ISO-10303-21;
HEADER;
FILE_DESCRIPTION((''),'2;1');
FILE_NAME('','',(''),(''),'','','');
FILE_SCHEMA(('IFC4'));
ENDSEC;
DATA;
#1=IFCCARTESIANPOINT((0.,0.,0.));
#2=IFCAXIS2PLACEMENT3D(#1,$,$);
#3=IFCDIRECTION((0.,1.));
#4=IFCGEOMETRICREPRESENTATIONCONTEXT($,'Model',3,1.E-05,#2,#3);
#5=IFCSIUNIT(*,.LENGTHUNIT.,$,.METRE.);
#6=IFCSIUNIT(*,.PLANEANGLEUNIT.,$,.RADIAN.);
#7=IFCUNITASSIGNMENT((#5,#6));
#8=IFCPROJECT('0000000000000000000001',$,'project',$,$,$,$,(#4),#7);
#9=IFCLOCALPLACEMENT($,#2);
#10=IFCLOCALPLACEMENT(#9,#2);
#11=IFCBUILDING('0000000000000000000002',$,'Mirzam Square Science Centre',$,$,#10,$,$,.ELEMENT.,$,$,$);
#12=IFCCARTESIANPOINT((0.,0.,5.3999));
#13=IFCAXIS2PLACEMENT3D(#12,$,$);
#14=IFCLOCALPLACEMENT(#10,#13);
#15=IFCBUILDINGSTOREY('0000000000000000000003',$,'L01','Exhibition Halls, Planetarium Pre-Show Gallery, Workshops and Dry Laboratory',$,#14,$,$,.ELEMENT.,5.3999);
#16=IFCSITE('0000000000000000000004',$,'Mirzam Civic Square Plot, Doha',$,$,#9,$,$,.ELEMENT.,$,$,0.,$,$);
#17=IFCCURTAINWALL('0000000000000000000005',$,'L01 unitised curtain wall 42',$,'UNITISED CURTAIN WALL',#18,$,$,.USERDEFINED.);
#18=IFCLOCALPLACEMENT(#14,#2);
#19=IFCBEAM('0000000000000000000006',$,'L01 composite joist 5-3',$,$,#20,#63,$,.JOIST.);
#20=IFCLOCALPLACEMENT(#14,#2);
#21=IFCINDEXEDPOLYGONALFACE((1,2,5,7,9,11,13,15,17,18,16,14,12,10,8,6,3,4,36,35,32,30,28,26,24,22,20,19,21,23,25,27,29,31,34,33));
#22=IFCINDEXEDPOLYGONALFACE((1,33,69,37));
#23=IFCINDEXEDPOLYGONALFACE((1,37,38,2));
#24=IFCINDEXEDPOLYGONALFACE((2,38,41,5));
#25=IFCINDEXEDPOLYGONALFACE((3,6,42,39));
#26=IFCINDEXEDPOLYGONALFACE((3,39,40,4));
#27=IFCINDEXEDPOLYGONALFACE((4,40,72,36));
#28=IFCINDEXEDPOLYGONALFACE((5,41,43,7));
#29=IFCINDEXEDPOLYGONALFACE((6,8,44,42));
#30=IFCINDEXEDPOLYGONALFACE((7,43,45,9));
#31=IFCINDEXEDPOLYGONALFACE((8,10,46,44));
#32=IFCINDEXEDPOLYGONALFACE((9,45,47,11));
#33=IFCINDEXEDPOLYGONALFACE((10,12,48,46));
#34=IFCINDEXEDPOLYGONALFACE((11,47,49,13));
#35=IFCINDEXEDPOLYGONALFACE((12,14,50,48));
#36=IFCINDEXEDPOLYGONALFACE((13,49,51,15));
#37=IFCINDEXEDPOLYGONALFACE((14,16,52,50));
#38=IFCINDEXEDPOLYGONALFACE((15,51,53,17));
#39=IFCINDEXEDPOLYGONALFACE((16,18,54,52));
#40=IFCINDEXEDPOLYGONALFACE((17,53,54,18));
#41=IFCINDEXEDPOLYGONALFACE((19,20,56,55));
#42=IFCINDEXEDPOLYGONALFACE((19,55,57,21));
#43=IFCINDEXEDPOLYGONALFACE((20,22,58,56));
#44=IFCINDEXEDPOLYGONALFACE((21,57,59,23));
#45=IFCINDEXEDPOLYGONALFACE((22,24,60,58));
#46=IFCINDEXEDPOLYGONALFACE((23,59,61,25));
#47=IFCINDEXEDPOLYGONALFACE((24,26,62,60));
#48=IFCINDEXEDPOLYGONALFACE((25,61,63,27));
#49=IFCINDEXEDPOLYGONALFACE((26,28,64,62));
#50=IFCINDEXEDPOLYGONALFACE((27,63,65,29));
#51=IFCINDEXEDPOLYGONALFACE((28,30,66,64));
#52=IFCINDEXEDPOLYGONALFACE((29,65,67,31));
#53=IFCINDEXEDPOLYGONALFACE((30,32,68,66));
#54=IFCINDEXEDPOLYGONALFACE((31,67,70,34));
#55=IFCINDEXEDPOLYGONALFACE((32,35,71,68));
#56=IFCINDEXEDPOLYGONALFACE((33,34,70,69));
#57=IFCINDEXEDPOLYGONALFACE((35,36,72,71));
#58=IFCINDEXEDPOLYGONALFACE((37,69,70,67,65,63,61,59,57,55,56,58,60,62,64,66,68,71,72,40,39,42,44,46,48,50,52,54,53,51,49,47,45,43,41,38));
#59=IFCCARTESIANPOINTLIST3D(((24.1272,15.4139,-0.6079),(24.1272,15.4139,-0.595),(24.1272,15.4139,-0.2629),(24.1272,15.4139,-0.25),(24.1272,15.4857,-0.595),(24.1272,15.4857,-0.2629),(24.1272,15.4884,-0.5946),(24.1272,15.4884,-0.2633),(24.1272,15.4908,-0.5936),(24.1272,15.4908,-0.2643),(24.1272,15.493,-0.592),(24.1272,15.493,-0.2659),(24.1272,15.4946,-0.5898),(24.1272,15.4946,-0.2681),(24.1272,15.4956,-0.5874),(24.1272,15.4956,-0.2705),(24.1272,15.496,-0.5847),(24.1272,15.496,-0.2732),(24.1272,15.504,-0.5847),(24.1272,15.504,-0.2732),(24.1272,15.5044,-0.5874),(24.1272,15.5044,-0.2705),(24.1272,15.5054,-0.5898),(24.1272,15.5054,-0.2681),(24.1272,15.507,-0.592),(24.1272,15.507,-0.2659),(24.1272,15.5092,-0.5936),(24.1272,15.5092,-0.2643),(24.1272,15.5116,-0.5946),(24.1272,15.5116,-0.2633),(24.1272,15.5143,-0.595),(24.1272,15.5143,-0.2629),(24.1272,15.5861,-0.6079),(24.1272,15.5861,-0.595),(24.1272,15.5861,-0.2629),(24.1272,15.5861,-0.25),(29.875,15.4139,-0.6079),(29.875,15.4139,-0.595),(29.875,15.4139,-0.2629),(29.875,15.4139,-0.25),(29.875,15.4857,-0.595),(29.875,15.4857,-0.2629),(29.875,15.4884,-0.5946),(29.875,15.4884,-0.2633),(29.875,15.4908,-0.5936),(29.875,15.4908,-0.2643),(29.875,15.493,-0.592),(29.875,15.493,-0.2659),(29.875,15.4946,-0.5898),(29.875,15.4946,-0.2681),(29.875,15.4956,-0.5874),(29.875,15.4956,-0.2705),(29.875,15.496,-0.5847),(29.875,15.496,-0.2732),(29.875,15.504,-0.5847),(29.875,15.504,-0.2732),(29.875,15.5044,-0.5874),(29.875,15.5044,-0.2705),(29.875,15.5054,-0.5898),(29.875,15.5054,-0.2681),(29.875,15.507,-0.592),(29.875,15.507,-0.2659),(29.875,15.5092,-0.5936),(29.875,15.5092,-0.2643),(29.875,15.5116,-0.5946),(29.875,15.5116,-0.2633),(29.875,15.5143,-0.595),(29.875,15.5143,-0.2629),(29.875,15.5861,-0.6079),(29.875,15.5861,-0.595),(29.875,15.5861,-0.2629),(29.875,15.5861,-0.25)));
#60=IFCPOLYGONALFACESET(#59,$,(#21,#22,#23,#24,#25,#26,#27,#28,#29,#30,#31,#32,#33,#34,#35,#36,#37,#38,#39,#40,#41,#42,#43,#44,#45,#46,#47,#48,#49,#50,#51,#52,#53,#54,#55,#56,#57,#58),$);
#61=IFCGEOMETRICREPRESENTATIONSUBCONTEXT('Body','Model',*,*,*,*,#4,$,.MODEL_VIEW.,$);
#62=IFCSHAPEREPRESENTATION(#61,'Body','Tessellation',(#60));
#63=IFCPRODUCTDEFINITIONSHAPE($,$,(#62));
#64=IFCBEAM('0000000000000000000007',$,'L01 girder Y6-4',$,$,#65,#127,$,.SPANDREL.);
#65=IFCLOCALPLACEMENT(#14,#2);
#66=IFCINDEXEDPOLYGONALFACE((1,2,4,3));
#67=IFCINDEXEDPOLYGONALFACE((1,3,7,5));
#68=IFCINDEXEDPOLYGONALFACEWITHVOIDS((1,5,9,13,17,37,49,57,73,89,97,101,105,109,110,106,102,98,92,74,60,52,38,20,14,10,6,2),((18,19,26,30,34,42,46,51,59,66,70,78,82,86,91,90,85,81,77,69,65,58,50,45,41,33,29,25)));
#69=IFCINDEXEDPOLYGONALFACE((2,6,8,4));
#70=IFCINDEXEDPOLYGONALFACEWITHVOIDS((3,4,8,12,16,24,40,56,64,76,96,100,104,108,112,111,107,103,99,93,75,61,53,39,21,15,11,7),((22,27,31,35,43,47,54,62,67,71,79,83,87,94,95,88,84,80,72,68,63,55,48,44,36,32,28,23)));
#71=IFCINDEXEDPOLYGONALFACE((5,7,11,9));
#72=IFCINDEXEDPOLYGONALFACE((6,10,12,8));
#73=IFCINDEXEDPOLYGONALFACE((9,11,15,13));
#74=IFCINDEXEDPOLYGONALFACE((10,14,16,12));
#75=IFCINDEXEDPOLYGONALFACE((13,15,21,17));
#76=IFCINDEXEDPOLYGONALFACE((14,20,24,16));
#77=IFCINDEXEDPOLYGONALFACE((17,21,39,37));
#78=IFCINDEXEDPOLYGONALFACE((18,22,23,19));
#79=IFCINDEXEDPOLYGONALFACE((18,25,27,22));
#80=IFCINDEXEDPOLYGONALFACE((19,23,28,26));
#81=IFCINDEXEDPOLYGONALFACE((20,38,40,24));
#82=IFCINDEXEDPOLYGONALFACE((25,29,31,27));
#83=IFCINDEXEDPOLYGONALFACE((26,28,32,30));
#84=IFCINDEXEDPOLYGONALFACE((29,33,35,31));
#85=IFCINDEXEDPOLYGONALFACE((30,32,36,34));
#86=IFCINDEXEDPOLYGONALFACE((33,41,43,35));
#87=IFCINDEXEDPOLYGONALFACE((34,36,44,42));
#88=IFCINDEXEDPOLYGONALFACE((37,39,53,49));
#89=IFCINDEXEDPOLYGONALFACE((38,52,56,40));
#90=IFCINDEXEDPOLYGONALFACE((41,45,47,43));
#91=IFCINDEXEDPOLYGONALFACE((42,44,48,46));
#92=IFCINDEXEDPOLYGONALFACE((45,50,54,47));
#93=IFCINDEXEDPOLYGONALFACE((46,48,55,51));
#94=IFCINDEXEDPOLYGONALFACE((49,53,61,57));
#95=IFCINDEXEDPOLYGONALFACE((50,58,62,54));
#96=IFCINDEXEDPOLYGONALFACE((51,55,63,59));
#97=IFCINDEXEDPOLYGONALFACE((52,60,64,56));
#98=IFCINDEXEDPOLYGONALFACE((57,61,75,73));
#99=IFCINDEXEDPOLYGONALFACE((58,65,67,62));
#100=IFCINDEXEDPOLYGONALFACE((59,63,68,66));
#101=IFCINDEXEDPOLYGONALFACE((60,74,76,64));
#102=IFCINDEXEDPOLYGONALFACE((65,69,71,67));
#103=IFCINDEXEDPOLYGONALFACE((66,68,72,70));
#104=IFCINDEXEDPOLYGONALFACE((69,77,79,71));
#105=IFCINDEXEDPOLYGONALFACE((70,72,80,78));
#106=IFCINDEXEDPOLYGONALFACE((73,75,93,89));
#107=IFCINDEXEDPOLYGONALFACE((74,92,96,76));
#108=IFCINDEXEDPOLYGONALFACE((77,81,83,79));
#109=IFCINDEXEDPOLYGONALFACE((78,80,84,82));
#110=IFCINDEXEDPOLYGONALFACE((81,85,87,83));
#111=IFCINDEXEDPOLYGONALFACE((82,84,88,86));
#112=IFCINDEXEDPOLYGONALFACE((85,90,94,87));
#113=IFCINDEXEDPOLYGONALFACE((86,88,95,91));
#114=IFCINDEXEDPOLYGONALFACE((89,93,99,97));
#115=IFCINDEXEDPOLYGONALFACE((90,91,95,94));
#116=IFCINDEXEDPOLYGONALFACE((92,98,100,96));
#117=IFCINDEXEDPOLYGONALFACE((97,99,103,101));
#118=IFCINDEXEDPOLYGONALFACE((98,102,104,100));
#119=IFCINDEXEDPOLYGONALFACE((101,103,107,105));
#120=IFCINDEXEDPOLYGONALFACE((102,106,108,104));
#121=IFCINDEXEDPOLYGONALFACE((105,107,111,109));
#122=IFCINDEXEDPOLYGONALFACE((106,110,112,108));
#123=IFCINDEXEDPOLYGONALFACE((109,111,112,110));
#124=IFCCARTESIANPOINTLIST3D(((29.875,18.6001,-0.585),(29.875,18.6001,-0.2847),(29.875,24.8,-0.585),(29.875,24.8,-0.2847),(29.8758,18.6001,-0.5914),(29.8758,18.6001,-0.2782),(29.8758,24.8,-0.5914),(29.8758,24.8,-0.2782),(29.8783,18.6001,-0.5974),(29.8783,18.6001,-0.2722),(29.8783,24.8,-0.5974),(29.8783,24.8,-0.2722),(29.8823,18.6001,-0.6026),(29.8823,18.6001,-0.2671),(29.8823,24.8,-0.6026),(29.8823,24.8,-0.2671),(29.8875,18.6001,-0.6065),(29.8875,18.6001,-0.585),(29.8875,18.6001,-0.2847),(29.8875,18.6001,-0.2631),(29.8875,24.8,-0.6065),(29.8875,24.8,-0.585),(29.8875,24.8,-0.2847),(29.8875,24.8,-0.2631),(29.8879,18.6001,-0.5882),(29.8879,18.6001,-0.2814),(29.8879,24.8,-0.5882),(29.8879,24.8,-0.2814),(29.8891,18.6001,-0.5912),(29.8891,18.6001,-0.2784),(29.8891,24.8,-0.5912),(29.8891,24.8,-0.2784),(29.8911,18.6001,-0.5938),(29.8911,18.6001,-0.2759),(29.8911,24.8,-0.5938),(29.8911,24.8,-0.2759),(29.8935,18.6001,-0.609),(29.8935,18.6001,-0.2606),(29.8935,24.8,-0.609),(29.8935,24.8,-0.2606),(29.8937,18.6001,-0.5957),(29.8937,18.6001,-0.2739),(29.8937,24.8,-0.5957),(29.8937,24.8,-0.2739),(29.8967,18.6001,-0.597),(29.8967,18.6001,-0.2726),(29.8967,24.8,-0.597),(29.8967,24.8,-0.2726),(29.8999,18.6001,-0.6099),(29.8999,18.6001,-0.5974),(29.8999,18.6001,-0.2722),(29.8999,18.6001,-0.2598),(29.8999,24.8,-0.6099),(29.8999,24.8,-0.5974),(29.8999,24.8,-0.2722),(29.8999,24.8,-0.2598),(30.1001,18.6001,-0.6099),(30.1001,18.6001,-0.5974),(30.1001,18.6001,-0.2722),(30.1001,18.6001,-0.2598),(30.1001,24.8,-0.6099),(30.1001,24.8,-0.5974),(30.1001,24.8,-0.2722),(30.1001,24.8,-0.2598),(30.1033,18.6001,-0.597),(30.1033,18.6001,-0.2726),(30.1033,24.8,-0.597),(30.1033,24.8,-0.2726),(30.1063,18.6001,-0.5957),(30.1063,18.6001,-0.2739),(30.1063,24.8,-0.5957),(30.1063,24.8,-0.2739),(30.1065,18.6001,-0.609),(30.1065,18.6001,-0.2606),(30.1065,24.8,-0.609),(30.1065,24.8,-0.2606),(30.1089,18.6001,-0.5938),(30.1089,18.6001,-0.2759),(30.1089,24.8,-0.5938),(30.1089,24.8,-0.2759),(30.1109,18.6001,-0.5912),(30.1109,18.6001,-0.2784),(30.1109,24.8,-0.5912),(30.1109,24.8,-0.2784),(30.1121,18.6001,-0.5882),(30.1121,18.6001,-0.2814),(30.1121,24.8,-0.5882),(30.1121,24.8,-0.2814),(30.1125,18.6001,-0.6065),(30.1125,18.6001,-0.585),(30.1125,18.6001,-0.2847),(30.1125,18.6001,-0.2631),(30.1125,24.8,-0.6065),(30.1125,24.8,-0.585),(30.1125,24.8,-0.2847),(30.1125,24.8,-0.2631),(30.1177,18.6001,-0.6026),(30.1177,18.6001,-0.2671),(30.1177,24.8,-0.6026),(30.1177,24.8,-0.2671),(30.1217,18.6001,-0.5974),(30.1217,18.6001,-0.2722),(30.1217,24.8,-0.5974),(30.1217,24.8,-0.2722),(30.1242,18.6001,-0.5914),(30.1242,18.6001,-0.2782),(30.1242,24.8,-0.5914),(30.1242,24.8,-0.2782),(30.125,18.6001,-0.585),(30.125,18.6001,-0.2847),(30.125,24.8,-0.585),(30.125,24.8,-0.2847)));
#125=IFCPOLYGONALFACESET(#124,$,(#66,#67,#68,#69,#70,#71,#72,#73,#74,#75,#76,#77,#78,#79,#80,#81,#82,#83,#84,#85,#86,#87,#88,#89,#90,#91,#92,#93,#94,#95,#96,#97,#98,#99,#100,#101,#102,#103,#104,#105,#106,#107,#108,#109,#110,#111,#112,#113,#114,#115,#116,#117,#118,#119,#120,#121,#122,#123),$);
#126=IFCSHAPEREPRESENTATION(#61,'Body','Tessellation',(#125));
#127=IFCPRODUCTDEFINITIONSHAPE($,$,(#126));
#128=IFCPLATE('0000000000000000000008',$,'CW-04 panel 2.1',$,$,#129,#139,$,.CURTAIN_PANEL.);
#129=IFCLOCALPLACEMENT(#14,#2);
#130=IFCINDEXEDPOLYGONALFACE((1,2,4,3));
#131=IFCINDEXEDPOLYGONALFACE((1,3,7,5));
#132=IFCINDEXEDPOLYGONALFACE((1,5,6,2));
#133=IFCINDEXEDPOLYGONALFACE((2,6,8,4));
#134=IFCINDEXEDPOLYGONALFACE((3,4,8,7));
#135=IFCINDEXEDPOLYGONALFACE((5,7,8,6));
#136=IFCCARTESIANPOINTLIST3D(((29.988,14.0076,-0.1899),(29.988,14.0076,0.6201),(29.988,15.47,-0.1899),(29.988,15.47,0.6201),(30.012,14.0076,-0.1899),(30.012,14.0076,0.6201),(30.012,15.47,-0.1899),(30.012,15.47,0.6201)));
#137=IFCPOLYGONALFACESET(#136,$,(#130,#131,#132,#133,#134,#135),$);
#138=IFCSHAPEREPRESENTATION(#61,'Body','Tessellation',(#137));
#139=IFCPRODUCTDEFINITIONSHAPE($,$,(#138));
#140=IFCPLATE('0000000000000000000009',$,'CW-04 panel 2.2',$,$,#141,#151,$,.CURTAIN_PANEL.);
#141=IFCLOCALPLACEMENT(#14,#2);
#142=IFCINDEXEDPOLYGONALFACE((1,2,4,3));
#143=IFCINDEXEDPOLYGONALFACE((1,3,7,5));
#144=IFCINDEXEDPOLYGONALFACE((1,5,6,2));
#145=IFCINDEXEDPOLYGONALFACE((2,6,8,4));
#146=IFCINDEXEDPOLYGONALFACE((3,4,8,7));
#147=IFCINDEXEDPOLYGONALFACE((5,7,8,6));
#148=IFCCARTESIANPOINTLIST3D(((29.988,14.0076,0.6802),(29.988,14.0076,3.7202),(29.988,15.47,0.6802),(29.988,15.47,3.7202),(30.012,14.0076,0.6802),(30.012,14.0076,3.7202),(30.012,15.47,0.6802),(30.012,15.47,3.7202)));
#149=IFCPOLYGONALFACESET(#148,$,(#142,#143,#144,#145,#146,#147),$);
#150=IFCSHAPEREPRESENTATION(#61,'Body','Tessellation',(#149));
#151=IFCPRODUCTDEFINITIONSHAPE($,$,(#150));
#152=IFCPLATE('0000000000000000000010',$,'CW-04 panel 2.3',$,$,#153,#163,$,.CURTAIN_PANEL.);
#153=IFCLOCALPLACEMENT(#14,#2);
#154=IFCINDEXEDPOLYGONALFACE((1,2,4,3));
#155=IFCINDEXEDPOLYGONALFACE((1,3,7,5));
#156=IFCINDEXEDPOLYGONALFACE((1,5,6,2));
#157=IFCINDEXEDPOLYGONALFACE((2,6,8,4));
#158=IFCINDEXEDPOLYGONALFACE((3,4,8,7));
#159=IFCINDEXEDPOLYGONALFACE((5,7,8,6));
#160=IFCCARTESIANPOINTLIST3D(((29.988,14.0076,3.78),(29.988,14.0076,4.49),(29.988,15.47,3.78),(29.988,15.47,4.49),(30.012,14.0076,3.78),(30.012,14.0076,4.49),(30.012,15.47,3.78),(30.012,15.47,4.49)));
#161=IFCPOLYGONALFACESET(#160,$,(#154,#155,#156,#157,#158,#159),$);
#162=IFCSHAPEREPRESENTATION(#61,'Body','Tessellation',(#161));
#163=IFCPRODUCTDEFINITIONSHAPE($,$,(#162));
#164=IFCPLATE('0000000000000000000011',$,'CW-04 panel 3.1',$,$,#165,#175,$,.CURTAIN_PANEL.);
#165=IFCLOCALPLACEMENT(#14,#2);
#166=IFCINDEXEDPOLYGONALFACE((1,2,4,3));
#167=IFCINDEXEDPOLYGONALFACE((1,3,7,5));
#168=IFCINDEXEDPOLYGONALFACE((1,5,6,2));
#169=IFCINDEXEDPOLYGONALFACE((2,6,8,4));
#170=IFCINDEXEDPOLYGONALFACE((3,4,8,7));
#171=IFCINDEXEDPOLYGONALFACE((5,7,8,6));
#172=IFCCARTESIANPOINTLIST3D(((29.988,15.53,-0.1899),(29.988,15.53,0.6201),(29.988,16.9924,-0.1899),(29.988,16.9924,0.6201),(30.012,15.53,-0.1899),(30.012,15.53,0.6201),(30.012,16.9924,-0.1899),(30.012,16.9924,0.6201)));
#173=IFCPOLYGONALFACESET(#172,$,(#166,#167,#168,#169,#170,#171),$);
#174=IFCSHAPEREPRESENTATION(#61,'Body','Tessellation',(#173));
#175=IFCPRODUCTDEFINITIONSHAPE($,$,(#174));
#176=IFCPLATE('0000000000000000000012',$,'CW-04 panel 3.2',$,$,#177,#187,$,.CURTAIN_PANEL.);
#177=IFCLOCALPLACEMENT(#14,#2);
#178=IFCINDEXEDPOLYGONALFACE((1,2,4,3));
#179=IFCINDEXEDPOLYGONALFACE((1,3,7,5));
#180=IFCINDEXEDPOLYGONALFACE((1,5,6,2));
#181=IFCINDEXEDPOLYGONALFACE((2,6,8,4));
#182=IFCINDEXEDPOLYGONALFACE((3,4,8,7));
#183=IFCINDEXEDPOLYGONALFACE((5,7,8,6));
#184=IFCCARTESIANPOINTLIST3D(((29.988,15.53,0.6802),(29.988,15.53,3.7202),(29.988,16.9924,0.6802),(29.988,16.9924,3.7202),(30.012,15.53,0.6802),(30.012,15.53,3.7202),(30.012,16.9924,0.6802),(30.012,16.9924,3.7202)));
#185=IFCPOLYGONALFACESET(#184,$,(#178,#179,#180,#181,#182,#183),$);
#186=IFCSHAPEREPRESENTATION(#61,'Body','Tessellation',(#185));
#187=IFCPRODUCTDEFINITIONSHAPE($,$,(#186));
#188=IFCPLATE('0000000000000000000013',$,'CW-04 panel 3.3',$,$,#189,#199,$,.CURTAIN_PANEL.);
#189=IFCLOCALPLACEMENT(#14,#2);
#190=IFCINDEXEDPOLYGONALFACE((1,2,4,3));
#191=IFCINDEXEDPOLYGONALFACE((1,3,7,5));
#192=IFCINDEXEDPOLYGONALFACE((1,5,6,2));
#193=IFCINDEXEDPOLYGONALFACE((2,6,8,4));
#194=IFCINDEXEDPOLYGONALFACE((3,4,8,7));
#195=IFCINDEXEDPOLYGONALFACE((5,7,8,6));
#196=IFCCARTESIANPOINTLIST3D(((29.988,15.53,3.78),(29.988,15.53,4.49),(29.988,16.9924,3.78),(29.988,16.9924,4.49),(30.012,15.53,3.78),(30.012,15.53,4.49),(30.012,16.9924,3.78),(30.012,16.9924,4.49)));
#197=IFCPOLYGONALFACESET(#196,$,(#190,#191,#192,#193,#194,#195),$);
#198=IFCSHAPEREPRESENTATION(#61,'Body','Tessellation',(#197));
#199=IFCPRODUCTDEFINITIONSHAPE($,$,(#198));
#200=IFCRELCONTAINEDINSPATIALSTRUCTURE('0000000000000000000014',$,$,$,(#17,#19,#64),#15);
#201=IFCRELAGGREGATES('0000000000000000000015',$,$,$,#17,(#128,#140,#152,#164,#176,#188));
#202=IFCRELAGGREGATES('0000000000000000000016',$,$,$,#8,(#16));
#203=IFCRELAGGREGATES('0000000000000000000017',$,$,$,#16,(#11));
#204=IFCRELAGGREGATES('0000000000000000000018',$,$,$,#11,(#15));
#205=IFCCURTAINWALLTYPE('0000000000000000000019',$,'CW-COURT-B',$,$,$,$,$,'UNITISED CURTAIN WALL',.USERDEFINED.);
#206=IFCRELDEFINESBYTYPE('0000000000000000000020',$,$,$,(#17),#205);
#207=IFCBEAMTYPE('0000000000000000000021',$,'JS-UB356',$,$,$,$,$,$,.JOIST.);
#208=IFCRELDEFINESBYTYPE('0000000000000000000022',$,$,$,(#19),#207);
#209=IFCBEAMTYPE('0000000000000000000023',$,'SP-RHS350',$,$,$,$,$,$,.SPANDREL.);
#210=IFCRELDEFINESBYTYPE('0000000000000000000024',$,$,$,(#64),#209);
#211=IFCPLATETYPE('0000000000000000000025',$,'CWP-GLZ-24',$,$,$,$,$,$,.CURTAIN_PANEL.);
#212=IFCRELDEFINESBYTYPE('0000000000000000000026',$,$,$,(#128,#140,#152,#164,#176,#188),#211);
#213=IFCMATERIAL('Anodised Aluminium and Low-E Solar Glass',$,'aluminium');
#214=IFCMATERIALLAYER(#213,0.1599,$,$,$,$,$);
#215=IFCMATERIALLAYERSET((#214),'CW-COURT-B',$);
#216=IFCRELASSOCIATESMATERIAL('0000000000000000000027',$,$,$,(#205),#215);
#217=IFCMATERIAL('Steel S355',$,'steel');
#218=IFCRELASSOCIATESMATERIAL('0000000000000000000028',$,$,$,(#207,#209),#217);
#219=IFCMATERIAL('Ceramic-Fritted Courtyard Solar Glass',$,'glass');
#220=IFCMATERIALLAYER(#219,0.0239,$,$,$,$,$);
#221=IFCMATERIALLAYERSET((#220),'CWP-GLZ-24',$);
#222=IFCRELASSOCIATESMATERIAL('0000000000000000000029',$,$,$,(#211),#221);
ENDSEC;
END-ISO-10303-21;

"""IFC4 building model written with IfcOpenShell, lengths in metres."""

from ifc_helpers import new_model, si_unit, direction, frame, origin, origin_2d, place, context, subcontext, project, spatial, rectangle, hollow_rectangle, i_section, extrude, material, layer, layer_set, material_profile, profile_set, type_object, element, aggregate, save


model = new_model("IFC4")

# Units and contexts
model_context = context("Model", 3, precision=1e-05, world=origin(), true_north=direction((0.0, 1.0)))
body_context = subcontext(model_context, "Body", "Model", "MODEL_VIEW")
ifc_project = project(units=[si_unit("LENGTHUNIT", "METRE"), si_unit("PLANEANGLEUNIT", "RADIAN")], contexts=[model_context])

# Site, building, storey
site_placement = place(None, origin())
site = spatial("IfcSite", under=ifc_project, at=site_placement, Name="Mirzam Civic Square Plot, Doha", CompositionType="ELEMENT", RefElevation=0.0)
building_placement = place(site_placement, origin())
building = spatial("IfcBuilding", under=site, at=building_placement, Name="Mirzam Square Science Centre", CompositionType="ELEMENT")
storey_placement = place(building_placement, frame((0.0, 0.0, 5.3999)))
storey = spatial("IfcBuildingStorey", under=building, at=storey_placement, Name="L01", Description="Exhibition Halls, Planetarium Pre-Show Gallery, Workshops and Dry Laboratory", CompositionType="ELEMENT", Elevation=5.3999)

# Shared definitions
ifc_material_1 = material(Name="Steel S355", Category="steel")

# Curtain wall
ifc_material_2 = material(Name="Anodised Aluminium and Low-E Solar Glass", Category="aluminium")
ifc_layer_1 = layer(ifc_material_2, 0.1599)
ifc_layer_set_1 = layer_set([ifc_layer_1], Name="CW-COURT-B")
curtain_wall_type = type_object("IfcCurtainWallType", Name="CW-COURT-B", ElementType="UNITISED CURTAIN WALL", PredefinedType="USERDEFINED", material=ifc_layer_set_1)
curtain_wall_placement = place(storey_placement, origin())
curtain_wall = element("IfcCurtainWall", 1, at=curtain_wall_placement, inside=storey, type_object=curtain_wall_type, Name="L01 unitised curtain wall 42", ObjectType="UNITISED CURTAIN WALL", PredefinedType="USERDEFINED")

# Beams
ifc_material_profile_1 = material_profile(ifc_material_1, i_section(OverallWidth=0.1721, OverallDepth=0.3579, WebThickness=0.0081, FlangeThickness=0.0129, FilletRadius=0.0103, at=origin_2d()), Name="356x171x57UB")
ifc_profile_set_1 = profile_set([ifc_material_profile_1], Name="Steel S355")
beam_type_1 = type_object("IfcBeamType", Name="JS-UB356", PredefinedType="JOIST", material=ifc_profile_set_1)
beam_1_placement = place(storey_placement, frame((24.1272, 15.5, -0.429), z_axis=(1.0, 0.0, 0.0), x_axis=(0.0, 1.0, 0.0)))
element("IfcBeam", 2, at=beam_1_placement, inside=storey, type_object=beam_type_1, Name="L01 composite joist 5-3", PredefinedType="JOIST", context=body_context, shape_type="SweptSolid", body=[
    extrude(i_section(OverallWidth=0.1721, OverallDepth=0.3579, WebThickness=0.0081, FlangeThickness=0.0129, FilletRadius=0.0103, at=origin_2d()), origin(), (0.0, 0.0, 1.0), 5.7478),
])
ifc_material_profile_2 = material_profile(ifc_material_1, hollow_rectangle(XDim=0.25, YDim=0.3501, WallThickness=0.0125, InnerFilletRadius=0.0125, OuterFilletRadius=0.0249, at=origin_2d()), Name="350x250x12.5RHS")
ifc_profile_set_2 = profile_set([ifc_material_profile_2], Name="Steel S355")
beam_type_2 = type_object("IfcBeamType", Name="SP-RHS350", PredefinedType="SPANDREL", material=ifc_profile_set_2)
beam_2_placement = place(storey_placement, frame((30.0, 18.6001, -0.4348), z_axis=(0.0, 1.0, 0.0), x_axis=(-1.0, 0.0, 0.0)))
element("IfcBeam", 3, at=beam_2_placement, inside=storey, type_object=beam_type_2, Name="L01 girder Y6-4", PredefinedType="SPANDREL", context=body_context, shape_type="SweptSolid", body=[
    extrude(hollow_rectangle(XDim=0.25, YDim=0.3501, WallThickness=0.0125, InnerFilletRadius=0.0125, OuterFilletRadius=0.0249, at=origin_2d()), origin(), (0.0, 0.0, 1.0), 6.2),
])

# Plates
ifc_material_3 = material(Name="Ceramic-Fritted Courtyard Solar Glass", Category="glass")
ifc_layer_2 = layer(ifc_material_3, 0.0239)
ifc_layer_set_2 = layer_set([ifc_layer_2], Name="CWP-GLZ-24")
plate_type = type_object("IfcPlateType", Name="CWP-GLZ-24", PredefinedType="CURTAIN_PANEL", material=ifc_layer_set_2)
plate_1_placement = place(storey_placement, frame((30.0, 14.7388, -0.1899), z_axis=(0.0, 0.0, 1.0), x_axis=(0.0, 1.0, 0.0)))
plate_1 = element("IfcPlate", 4, at=plate_1_placement, type_object=plate_type, Name="CW-04 panel 2.1", PredefinedType="CURTAIN_PANEL", context=body_context, shape_type="SweptSolid", body=[
    extrude(rectangle(XDim=1.4624, YDim=0.0239, at=origin_2d()), origin(), (0.0, 0.0, 1.0), 0.8101),
])
plate_2_placement = place(storey_placement, frame((30.0, 14.7388, 0.6802), z_axis=(0.0, 0.0, 1.0), x_axis=(0.0, 1.0, 0.0)))
plate_2 = element("IfcPlate", 5, at=plate_2_placement, type_object=plate_type, Name="CW-04 panel 2.2", PredefinedType="CURTAIN_PANEL", context=body_context, shape_type="SweptSolid", body=[
    extrude(rectangle(XDim=1.4624, YDim=0.0239, at=origin_2d()), origin(), (0.0, 0.0, 1.0), 3.04),
])
plate_3_placement = place(storey_placement, frame((30.0, 14.7388, 3.78), z_axis=(0.0, 0.0, 1.0), x_axis=(0.0, 1.0, 0.0)))
plate_3 = element("IfcPlate", 6, at=plate_3_placement, type_object=plate_type, Name="CW-04 panel 2.3", PredefinedType="CURTAIN_PANEL", context=body_context, shape_type="SweptSolid", body=[
    extrude(rectangle(XDim=1.4624, YDim=0.0239, at=origin_2d()), origin(), (0.0, 0.0, 1.0), 0.71),
])
plate_4_placement = place(storey_placement, frame((30.0, 16.2612, -0.1899), z_axis=(0.0, 0.0, 1.0), x_axis=(0.0, 1.0, 0.0)))
plate_4 = element("IfcPlate", 7, at=plate_4_placement, type_object=plate_type, Name="CW-04 panel 3.1", PredefinedType="CURTAIN_PANEL", context=body_context, shape_type="SweptSolid", body=[
    extrude(rectangle(XDim=1.4624, YDim=0.0239, at=origin_2d()), origin(), (0.0, 0.0, 1.0), 0.8101),
])
plate_5_placement = place(storey_placement, frame((30.0, 16.2612, 0.6802), z_axis=(0.0, 0.0, 1.0), x_axis=(0.0, 1.0, 0.0)))
plate_5 = element("IfcPlate", 8, at=plate_5_placement, type_object=plate_type, Name="CW-04 panel 3.2", PredefinedType="CURTAIN_PANEL", context=body_context, shape_type="SweptSolid", body=[
    extrude(rectangle(XDim=1.4624, YDim=0.0239, at=origin_2d()), origin(), (0.0, 0.0, 1.0), 3.04),
])
plate_6_placement = place(storey_placement, frame((30.0, 16.2612, 3.78), z_axis=(0.0, 0.0, 1.0), x_axis=(0.0, 1.0, 0.0)))
plate_6 = element("IfcPlate", 9, at=plate_6_placement, type_object=plate_type, Name="CW-04 panel 3.3", PredefinedType="CURTAIN_PANEL", context=body_context, shape_type="SweptSolid", body=[
    extrude(rectangle(XDim=1.4624, YDim=0.0239, at=origin_2d()), origin(), (0.0, 0.0, 1.0), 0.71),
])
aggregate(curtain_wall, [plate_1, plate_2, plate_3, plate_4, plate_5, plate_6])

save(model, "model.ifc")
